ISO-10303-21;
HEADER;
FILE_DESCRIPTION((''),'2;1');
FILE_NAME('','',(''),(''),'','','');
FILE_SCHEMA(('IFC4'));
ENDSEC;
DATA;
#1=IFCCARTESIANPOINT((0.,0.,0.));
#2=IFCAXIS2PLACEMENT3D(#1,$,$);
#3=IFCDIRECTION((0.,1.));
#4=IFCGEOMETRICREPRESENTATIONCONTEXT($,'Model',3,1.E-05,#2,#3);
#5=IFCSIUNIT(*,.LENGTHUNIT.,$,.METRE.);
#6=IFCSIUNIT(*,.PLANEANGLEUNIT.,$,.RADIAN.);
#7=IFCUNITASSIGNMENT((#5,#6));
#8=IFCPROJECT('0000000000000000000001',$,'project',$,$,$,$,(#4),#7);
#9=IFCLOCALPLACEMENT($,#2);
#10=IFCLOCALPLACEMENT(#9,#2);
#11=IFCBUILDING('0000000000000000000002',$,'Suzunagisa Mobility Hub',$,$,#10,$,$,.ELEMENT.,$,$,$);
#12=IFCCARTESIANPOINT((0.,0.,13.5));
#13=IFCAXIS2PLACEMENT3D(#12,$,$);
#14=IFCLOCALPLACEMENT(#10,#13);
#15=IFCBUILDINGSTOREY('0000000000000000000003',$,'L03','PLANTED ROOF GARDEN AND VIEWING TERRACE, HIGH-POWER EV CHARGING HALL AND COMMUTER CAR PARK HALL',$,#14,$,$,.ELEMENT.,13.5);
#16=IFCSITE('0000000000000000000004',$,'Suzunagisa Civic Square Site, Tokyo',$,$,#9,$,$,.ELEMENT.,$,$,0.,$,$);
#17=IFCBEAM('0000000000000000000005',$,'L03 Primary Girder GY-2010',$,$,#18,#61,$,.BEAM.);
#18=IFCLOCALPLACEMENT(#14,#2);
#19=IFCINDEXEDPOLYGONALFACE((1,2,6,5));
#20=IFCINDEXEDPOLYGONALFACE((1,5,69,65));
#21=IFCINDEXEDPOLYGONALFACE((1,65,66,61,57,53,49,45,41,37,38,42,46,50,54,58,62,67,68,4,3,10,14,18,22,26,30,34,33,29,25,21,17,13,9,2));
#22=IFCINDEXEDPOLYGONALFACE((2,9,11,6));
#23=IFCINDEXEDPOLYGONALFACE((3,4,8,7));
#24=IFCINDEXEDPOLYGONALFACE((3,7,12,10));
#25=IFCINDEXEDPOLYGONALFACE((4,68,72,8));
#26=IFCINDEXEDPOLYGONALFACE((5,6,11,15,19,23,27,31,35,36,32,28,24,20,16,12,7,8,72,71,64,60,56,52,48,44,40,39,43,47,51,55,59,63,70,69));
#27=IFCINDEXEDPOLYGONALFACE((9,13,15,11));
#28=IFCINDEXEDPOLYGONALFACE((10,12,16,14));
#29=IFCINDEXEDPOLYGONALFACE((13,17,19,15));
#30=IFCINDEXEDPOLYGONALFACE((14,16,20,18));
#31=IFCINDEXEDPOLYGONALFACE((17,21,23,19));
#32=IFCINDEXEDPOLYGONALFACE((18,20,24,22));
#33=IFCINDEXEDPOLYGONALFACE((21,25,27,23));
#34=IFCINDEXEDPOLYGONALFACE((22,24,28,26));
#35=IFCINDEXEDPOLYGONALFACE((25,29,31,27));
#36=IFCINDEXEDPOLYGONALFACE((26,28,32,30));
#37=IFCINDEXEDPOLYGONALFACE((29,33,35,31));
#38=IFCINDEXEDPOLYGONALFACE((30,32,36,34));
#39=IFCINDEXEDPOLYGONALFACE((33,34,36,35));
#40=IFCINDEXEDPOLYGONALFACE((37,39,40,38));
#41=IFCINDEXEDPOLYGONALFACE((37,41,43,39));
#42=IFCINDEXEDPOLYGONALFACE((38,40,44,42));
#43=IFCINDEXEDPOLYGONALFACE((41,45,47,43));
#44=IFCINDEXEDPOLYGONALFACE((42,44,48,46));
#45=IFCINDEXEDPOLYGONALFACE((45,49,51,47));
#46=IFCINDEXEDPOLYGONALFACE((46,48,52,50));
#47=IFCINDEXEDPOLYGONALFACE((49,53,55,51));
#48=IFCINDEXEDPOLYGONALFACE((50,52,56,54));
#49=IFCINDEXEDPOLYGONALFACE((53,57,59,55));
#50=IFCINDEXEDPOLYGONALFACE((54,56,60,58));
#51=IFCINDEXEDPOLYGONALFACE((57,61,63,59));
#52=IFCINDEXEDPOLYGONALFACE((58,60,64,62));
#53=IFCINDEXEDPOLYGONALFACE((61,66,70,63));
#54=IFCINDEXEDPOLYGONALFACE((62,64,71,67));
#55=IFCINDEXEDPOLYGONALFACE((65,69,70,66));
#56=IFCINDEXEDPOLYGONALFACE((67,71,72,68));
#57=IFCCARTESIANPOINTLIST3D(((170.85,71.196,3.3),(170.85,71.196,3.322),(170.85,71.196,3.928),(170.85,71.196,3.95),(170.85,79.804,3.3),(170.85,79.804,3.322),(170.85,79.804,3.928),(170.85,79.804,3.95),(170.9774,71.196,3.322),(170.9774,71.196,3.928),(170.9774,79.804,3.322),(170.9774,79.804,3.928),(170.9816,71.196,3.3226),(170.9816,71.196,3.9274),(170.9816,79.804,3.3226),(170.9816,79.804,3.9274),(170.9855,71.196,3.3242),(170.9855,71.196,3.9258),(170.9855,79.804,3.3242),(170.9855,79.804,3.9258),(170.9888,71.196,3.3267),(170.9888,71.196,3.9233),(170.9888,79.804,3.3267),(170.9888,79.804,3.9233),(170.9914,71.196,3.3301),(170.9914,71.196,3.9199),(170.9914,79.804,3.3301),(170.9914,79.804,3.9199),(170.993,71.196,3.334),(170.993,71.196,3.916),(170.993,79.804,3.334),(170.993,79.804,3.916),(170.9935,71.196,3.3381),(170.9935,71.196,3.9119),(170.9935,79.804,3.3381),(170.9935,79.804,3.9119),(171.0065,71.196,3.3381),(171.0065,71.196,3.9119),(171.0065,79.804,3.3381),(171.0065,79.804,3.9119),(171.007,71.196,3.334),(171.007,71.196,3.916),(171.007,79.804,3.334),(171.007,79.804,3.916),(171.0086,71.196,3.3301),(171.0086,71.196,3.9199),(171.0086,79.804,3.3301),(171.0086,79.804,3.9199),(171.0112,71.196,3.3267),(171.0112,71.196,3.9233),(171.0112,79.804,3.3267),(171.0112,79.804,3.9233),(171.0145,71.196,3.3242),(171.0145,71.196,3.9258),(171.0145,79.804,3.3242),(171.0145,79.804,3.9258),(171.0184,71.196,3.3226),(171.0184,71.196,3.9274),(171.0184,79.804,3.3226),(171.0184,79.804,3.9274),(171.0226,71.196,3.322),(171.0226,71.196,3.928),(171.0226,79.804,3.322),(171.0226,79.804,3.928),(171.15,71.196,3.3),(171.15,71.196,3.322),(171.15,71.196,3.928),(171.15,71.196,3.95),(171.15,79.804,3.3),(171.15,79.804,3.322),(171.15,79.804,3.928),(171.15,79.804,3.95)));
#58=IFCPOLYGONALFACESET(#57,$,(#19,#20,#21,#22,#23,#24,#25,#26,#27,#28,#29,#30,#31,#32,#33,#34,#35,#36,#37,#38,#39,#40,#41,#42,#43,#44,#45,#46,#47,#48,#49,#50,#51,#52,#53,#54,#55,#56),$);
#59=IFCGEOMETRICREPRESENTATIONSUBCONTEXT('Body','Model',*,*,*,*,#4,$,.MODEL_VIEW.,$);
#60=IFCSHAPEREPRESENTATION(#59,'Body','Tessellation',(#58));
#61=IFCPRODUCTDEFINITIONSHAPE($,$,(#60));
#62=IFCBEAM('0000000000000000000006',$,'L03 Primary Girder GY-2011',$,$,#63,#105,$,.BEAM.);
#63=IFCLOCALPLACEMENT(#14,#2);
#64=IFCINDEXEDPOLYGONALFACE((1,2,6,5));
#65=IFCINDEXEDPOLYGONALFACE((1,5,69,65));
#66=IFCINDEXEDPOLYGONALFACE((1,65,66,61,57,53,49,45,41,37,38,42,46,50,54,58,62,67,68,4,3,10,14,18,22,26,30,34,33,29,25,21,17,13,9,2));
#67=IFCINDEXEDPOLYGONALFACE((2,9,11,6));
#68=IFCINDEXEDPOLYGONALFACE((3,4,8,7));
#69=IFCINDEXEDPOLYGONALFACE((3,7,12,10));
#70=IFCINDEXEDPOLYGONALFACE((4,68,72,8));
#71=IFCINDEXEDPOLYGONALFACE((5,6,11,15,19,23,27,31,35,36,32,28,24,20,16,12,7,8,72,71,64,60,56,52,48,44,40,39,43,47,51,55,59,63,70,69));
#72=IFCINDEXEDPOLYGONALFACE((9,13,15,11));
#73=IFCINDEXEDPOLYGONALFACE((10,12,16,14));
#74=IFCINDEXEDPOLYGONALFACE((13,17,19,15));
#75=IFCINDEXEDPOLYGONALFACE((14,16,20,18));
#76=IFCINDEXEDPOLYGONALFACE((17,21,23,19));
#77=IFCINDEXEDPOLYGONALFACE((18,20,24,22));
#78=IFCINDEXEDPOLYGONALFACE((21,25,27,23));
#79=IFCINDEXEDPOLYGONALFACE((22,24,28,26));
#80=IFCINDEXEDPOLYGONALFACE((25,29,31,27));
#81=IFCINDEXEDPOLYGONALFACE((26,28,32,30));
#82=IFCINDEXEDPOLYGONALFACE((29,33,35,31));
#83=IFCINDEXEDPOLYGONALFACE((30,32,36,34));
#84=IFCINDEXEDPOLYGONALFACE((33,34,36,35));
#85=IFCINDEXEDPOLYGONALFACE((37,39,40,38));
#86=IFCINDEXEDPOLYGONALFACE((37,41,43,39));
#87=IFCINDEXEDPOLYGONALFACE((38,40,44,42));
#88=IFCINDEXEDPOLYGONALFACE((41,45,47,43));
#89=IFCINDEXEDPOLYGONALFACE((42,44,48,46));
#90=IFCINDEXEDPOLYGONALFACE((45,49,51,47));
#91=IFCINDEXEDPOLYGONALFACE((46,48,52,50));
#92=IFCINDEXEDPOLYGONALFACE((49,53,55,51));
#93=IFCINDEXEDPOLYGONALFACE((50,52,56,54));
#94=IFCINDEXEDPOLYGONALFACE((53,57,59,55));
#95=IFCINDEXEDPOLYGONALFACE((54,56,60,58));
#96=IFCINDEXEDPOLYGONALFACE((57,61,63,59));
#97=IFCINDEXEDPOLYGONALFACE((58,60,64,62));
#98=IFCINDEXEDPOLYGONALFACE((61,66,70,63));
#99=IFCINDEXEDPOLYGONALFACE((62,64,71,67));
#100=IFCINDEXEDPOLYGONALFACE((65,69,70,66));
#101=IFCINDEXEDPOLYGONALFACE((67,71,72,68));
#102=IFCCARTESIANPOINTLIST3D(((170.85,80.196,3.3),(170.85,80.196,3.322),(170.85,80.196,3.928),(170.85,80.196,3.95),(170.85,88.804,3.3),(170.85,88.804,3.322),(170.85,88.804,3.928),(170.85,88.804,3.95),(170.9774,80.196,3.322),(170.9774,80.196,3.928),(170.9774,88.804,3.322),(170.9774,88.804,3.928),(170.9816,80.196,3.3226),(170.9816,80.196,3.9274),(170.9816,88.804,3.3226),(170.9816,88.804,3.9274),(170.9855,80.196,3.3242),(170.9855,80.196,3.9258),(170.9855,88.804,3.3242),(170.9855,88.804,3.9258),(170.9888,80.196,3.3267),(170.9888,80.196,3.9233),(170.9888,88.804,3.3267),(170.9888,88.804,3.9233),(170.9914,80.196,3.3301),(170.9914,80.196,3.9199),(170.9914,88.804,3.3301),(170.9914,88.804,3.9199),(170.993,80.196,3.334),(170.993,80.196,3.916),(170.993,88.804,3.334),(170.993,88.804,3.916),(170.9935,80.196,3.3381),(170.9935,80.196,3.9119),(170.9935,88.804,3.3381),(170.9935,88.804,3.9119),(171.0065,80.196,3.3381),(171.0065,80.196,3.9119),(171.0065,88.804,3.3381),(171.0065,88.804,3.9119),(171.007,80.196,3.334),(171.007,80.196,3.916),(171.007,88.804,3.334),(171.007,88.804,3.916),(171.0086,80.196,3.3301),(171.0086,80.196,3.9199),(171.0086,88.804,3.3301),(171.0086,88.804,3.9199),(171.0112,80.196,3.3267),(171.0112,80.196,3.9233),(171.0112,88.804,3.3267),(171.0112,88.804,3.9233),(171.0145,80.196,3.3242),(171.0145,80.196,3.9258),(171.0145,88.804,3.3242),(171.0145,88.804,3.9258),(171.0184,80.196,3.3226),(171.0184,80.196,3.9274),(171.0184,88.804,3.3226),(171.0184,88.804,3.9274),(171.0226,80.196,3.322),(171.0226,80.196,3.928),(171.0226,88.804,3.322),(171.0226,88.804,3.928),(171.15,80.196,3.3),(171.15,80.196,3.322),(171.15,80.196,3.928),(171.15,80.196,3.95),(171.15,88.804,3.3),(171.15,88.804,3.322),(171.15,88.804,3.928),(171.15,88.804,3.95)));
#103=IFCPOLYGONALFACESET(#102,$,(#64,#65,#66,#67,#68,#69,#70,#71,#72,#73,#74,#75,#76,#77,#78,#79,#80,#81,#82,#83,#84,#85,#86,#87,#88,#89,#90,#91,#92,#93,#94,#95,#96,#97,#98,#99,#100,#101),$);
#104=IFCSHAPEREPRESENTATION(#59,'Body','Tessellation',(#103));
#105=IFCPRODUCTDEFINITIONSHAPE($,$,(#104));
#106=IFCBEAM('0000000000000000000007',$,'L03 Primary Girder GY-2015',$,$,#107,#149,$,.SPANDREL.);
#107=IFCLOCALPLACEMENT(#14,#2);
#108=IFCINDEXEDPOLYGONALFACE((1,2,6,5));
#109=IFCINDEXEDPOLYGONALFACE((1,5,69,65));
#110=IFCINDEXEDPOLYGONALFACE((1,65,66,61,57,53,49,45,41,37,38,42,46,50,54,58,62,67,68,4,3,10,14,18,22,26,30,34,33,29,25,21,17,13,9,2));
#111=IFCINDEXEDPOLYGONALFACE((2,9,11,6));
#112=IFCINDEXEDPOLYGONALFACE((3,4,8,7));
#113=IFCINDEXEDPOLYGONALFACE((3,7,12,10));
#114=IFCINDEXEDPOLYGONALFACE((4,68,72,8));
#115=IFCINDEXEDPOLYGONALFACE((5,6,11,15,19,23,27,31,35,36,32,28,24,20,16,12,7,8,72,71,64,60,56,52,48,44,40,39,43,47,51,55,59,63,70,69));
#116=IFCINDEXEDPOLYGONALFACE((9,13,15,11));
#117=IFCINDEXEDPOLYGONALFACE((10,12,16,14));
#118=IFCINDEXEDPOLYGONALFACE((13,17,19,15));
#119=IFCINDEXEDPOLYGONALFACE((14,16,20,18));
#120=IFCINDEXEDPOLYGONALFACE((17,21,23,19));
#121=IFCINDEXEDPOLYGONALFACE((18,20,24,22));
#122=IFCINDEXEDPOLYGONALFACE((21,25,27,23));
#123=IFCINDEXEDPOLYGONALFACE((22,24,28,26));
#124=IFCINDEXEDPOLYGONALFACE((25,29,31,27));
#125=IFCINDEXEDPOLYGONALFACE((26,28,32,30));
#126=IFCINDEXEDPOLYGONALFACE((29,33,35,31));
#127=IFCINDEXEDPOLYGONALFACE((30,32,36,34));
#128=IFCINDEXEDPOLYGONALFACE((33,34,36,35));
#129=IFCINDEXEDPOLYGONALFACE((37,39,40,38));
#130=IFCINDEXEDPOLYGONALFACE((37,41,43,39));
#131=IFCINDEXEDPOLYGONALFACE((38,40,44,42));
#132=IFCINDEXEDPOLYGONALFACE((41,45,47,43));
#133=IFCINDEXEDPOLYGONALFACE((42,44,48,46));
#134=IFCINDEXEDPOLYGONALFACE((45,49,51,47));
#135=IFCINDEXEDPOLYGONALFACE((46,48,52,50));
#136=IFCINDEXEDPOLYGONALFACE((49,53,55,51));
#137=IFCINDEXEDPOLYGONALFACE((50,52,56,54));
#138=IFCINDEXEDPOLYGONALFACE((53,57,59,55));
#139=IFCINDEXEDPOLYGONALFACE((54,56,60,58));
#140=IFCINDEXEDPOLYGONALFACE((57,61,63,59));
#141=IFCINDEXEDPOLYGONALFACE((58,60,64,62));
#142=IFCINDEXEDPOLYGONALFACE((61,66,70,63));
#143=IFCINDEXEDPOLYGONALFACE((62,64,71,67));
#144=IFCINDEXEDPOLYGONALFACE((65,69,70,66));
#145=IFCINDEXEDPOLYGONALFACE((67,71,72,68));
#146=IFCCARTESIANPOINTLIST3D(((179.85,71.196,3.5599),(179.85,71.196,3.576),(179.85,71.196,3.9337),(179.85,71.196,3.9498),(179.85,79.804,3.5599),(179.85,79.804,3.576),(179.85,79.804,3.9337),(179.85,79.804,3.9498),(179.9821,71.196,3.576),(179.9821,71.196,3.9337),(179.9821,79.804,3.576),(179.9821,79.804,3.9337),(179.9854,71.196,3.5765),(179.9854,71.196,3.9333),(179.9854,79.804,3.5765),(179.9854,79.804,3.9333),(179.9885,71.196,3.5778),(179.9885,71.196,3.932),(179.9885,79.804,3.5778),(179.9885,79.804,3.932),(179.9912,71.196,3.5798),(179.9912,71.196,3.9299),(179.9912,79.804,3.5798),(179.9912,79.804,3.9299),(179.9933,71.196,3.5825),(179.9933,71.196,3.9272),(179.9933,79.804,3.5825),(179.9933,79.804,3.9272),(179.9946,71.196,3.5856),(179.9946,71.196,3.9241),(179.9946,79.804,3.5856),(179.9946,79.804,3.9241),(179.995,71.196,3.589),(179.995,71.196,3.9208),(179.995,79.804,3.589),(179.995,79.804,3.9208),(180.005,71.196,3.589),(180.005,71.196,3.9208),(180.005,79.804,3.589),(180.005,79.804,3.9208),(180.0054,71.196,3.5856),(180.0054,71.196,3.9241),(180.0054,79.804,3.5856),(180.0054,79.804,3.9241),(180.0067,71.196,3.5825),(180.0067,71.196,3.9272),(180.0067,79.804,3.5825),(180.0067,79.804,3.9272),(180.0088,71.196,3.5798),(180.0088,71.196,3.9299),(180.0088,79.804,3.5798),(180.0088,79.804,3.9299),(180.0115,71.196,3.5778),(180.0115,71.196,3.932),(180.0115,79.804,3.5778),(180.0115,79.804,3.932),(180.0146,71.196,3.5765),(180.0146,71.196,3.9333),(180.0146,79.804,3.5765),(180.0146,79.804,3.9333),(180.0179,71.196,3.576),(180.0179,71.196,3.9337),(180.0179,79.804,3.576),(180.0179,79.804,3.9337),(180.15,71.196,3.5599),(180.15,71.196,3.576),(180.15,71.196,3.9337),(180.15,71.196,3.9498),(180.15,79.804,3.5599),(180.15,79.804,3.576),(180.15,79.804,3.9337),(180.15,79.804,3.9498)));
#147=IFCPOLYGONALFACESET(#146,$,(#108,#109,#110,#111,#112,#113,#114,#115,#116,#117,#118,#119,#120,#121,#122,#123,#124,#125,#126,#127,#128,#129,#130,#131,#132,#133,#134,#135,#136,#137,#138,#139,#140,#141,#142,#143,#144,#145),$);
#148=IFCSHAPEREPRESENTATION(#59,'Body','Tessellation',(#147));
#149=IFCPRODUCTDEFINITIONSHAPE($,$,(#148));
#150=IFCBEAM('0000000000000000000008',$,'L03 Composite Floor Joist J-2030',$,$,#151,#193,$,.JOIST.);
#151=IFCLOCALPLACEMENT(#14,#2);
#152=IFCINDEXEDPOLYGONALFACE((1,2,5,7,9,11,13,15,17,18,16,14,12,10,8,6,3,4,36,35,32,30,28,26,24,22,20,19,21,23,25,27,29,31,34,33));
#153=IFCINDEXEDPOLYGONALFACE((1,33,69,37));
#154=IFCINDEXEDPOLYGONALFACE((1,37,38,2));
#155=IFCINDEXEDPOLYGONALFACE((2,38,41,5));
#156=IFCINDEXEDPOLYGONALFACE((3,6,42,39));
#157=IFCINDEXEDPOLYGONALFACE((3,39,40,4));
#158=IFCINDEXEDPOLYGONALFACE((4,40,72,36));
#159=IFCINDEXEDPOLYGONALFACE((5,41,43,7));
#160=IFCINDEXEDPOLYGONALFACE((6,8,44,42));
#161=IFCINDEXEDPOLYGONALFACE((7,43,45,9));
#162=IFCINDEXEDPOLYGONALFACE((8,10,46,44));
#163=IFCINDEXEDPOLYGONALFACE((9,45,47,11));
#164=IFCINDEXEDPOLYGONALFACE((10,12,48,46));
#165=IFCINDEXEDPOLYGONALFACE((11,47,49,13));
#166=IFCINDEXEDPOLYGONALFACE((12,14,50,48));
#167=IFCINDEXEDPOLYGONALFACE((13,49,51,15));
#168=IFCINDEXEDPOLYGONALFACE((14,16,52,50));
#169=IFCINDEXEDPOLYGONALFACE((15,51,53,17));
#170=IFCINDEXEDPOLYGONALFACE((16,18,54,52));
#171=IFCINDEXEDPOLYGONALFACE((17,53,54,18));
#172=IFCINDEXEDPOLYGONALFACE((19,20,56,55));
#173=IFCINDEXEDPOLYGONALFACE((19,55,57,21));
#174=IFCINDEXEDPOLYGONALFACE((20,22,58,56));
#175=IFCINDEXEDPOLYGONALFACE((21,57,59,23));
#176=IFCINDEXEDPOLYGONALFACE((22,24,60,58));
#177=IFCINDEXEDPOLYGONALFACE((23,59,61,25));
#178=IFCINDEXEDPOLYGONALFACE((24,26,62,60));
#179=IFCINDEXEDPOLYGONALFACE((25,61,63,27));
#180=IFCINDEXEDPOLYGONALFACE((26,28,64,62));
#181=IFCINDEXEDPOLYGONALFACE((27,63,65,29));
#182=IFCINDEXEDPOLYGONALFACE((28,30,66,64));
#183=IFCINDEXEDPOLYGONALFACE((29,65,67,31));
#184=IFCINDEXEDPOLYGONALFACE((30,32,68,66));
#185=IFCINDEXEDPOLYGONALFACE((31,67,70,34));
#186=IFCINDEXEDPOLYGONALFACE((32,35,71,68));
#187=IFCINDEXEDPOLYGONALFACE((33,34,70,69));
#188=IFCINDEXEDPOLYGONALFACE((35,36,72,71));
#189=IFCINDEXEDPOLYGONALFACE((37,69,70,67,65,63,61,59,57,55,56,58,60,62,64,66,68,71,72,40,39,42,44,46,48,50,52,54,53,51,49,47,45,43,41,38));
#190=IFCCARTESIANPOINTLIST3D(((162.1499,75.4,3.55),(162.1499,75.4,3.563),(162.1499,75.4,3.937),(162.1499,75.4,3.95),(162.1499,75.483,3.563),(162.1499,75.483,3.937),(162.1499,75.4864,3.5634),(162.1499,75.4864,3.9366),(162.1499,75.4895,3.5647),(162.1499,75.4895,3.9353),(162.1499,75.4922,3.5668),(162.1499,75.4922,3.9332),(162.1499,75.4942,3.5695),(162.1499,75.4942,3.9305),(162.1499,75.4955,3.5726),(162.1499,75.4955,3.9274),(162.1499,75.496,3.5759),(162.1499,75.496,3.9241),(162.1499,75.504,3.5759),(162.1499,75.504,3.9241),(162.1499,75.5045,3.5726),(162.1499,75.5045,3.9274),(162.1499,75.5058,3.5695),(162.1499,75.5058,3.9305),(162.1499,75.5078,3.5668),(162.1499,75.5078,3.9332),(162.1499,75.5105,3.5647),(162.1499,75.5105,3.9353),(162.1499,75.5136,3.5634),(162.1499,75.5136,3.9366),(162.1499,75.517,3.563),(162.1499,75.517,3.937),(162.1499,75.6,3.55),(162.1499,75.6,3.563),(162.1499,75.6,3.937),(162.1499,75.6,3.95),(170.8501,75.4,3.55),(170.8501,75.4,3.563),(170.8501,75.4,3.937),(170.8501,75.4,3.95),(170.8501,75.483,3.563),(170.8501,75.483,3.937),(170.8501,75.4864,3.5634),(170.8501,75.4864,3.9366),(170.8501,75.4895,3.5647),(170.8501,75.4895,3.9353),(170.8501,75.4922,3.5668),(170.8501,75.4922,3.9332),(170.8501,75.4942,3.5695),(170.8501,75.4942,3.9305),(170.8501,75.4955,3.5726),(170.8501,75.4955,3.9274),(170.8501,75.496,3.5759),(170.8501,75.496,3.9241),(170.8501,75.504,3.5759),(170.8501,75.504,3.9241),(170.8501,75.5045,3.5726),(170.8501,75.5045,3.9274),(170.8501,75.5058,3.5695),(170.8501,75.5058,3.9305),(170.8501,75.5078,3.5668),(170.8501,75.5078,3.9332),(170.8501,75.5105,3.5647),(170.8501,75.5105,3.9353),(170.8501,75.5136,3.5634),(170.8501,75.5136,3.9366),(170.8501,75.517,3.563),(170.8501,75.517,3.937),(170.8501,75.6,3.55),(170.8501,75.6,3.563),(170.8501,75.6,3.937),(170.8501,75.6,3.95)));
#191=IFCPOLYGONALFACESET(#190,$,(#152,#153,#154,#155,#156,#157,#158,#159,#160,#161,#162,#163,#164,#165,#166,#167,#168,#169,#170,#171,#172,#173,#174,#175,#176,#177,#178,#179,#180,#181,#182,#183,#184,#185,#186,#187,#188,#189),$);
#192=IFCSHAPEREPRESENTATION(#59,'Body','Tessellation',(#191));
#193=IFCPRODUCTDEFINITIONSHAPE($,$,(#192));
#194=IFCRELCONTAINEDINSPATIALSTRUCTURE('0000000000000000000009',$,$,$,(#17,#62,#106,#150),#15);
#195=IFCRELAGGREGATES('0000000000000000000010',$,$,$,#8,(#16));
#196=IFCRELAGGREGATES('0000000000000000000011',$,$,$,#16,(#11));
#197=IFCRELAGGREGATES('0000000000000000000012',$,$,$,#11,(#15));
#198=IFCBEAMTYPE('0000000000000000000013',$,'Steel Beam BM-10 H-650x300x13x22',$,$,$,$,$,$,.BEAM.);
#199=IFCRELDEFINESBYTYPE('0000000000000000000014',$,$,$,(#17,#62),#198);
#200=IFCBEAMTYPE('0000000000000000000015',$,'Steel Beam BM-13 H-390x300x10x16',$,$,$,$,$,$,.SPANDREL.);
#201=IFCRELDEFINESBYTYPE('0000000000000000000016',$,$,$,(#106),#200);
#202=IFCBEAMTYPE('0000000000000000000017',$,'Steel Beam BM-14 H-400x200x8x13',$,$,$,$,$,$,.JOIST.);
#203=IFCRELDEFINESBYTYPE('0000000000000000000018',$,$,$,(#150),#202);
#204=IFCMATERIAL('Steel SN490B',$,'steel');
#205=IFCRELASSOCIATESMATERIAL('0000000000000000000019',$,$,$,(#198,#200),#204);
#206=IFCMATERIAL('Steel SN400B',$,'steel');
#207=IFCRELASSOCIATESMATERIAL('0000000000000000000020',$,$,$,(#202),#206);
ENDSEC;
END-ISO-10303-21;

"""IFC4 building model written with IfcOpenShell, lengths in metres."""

from ifc_helpers import new_model, si_unit, direction, frame, origin, origin_2d, place, context, subcontext, project, spatial, i_section, extrude, material, material_profile, profile_set, type_object, element, save


model = new_model("IFC4")

# Units and contexts
model_context = context("Model", 3, precision=1e-05, world=origin(), true_north=direction((0.0, 1.0)))
body_context = subcontext(model_context, "Body", "Model", "MODEL_VIEW")
ifc_project = project(units=[si_unit("LENGTHUNIT", "METRE"), si_unit("PLANEANGLEUNIT", "RADIAN")], contexts=[model_context])

# Site, building, storey
site_placement = place(None, origin())
site = spatial("IfcSite", under=ifc_project, at=site_placement, Name="Suzunagisa Civic Square Site, Tokyo", CompositionType="ELEMENT", RefElevation=0.0)
building_placement = place(site_placement, origin())
building = spatial("IfcBuilding", under=site, at=building_placement, Name="Suzunagisa Mobility Hub", CompositionType="ELEMENT")
storey_placement = place(building_placement, frame((0.0, 0.0, 13.5)))
storey = spatial("IfcBuildingStorey", under=building, at=storey_placement, Name="L03", Description="PLANTED ROOF GARDEN AND VIEWING TERRACE, HIGH-POWER EV CHARGING HALL AND COMMUTER CAR PARK HALL", CompositionType="ELEMENT", Elevation=13.5)

# Shared definitions
ifc_material_1 = material(Name="Steel SN490B", Category="steel")

# Beams
ifc_material_profile_1 = material_profile(ifc_material_1, i_section(OverallWidth=0.3, OverallDepth=0.6499, WebThickness=0.0129, FlangeThickness=0.022, FilletRadius=0.0161, at=origin_2d()), Name="H-650x300x13x22")
ifc_profile_set_1 = profile_set([ifc_material_profile_1], Name="Steel SN490B")
beam_type_1 = type_object("IfcBeamType", Name="Steel Beam BM-10 H-650x300x13x22", PredefinedType="BEAM", material=ifc_profile_set_1)
for number, where, z_axis, x_axis, name in (
    (1, (171.0, 71.196, 3.625), (0.0, 1.0, 0.0), (-1.0, 0.0, 0.0), "L03 Primary Girder GY-2010"),
    (2, (171.0, 80.196, 3.625), (0.0, 1.0, 0.0), (-1.0, 0.0, 0.0), "L03 Primary Girder GY-2011"),
):
    element("IfcBeam", number, at=place(storey_placement, frame(where, z_axis=z_axis, x_axis=x_axis)), inside=storey, type_object=beam_type_1, Name=name, PredefinedType="BEAM", context=body_context, shape_type="SweptSolid", body=[
        extrude(i_section(OverallWidth=0.3, OverallDepth=0.6499, WebThickness=0.0129, FlangeThickness=0.022, FilletRadius=0.0161, at=origin_2d()), origin(), (0.0, 0.0, 1.0), 8.6079),
    ])
ifc_material_profile_2 = material_profile(ifc_material_1, i_section(OverallWidth=0.3, OverallDepth=0.3899, WebThickness=0.01, FlangeThickness=0.0161, FilletRadius=0.0129, at=origin_2d()), Name="H-390x300x10x16")
ifc_profile_set_2 = profile_set([ifc_material_profile_2], Name="Steel SN490B")
beam_type_2 = type_object("IfcBeamType", Name="Steel Beam BM-13 H-390x300x10x16", PredefinedType="SPANDREL", material=ifc_profile_set_2)
beam_placement = place(storey_placement, frame((180.0, 71.196, 3.7549), z_axis=(0.0, 1.0, 0.0), x_axis=(-1.0, 0.0, 0.0)))
element("IfcBeam", 3, at=beam_placement, inside=storey, type_object=beam_type_2, Name="L03 Primary Girder GY-2015", PredefinedType="SPANDREL", context=body_context, shape_type="SweptSolid", body=[
    extrude(i_section(OverallWidth=0.3, OverallDepth=0.3899, WebThickness=0.01, FlangeThickness=0.0161, FilletRadius=0.0129, at=origin_2d()), origin(), (0.0, 0.0, 1.0), 8.6079),
])
ifc_material_2 = material(Name="Steel SN400B", Category="steel")
ifc_material_profile_3 = material_profile(ifc_material_2, i_section(OverallWidth=0.2, OverallDepth=0.3999, WebThickness=0.0081, FlangeThickness=0.0129, FilletRadius=0.0129, at=origin_2d()), Name="H-400x200x8x13")
ifc_profile_set_3 = profile_set([ifc_material_profile_3], Name="Steel SN400B")
beam_type_3 = type_object("IfcBeamType", Name="Steel Beam BM-14 H-400x200x8x13", PredefinedType="JOIST", material=ifc_profile_set_3)
for number, where, z_axis, x_axis, name in (
    (4, (162.1499, 75.5, 3.75), (1.0, 0.0, 0.0), (0.0, 1.0, 0.0), "L03 Composite Floor Joist J-2030"),
):
    element("IfcBeam", number, at=place(storey_placement, frame(where, z_axis=z_axis, x_axis=x_axis)), inside=storey, type_object=beam_type_3, Name=name, PredefinedType="JOIST", context=body_context, shape_type="SweptSolid", body=[
        extrude(i_section(OverallWidth=0.2, OverallDepth=0.3999, WebThickness=0.0081, FlangeThickness=0.0129, FilletRadius=0.0129, at=origin_2d()), origin(), (0.0, 0.0, 1.0), 8.7002),
    ])

save(model, "model.ifc")
